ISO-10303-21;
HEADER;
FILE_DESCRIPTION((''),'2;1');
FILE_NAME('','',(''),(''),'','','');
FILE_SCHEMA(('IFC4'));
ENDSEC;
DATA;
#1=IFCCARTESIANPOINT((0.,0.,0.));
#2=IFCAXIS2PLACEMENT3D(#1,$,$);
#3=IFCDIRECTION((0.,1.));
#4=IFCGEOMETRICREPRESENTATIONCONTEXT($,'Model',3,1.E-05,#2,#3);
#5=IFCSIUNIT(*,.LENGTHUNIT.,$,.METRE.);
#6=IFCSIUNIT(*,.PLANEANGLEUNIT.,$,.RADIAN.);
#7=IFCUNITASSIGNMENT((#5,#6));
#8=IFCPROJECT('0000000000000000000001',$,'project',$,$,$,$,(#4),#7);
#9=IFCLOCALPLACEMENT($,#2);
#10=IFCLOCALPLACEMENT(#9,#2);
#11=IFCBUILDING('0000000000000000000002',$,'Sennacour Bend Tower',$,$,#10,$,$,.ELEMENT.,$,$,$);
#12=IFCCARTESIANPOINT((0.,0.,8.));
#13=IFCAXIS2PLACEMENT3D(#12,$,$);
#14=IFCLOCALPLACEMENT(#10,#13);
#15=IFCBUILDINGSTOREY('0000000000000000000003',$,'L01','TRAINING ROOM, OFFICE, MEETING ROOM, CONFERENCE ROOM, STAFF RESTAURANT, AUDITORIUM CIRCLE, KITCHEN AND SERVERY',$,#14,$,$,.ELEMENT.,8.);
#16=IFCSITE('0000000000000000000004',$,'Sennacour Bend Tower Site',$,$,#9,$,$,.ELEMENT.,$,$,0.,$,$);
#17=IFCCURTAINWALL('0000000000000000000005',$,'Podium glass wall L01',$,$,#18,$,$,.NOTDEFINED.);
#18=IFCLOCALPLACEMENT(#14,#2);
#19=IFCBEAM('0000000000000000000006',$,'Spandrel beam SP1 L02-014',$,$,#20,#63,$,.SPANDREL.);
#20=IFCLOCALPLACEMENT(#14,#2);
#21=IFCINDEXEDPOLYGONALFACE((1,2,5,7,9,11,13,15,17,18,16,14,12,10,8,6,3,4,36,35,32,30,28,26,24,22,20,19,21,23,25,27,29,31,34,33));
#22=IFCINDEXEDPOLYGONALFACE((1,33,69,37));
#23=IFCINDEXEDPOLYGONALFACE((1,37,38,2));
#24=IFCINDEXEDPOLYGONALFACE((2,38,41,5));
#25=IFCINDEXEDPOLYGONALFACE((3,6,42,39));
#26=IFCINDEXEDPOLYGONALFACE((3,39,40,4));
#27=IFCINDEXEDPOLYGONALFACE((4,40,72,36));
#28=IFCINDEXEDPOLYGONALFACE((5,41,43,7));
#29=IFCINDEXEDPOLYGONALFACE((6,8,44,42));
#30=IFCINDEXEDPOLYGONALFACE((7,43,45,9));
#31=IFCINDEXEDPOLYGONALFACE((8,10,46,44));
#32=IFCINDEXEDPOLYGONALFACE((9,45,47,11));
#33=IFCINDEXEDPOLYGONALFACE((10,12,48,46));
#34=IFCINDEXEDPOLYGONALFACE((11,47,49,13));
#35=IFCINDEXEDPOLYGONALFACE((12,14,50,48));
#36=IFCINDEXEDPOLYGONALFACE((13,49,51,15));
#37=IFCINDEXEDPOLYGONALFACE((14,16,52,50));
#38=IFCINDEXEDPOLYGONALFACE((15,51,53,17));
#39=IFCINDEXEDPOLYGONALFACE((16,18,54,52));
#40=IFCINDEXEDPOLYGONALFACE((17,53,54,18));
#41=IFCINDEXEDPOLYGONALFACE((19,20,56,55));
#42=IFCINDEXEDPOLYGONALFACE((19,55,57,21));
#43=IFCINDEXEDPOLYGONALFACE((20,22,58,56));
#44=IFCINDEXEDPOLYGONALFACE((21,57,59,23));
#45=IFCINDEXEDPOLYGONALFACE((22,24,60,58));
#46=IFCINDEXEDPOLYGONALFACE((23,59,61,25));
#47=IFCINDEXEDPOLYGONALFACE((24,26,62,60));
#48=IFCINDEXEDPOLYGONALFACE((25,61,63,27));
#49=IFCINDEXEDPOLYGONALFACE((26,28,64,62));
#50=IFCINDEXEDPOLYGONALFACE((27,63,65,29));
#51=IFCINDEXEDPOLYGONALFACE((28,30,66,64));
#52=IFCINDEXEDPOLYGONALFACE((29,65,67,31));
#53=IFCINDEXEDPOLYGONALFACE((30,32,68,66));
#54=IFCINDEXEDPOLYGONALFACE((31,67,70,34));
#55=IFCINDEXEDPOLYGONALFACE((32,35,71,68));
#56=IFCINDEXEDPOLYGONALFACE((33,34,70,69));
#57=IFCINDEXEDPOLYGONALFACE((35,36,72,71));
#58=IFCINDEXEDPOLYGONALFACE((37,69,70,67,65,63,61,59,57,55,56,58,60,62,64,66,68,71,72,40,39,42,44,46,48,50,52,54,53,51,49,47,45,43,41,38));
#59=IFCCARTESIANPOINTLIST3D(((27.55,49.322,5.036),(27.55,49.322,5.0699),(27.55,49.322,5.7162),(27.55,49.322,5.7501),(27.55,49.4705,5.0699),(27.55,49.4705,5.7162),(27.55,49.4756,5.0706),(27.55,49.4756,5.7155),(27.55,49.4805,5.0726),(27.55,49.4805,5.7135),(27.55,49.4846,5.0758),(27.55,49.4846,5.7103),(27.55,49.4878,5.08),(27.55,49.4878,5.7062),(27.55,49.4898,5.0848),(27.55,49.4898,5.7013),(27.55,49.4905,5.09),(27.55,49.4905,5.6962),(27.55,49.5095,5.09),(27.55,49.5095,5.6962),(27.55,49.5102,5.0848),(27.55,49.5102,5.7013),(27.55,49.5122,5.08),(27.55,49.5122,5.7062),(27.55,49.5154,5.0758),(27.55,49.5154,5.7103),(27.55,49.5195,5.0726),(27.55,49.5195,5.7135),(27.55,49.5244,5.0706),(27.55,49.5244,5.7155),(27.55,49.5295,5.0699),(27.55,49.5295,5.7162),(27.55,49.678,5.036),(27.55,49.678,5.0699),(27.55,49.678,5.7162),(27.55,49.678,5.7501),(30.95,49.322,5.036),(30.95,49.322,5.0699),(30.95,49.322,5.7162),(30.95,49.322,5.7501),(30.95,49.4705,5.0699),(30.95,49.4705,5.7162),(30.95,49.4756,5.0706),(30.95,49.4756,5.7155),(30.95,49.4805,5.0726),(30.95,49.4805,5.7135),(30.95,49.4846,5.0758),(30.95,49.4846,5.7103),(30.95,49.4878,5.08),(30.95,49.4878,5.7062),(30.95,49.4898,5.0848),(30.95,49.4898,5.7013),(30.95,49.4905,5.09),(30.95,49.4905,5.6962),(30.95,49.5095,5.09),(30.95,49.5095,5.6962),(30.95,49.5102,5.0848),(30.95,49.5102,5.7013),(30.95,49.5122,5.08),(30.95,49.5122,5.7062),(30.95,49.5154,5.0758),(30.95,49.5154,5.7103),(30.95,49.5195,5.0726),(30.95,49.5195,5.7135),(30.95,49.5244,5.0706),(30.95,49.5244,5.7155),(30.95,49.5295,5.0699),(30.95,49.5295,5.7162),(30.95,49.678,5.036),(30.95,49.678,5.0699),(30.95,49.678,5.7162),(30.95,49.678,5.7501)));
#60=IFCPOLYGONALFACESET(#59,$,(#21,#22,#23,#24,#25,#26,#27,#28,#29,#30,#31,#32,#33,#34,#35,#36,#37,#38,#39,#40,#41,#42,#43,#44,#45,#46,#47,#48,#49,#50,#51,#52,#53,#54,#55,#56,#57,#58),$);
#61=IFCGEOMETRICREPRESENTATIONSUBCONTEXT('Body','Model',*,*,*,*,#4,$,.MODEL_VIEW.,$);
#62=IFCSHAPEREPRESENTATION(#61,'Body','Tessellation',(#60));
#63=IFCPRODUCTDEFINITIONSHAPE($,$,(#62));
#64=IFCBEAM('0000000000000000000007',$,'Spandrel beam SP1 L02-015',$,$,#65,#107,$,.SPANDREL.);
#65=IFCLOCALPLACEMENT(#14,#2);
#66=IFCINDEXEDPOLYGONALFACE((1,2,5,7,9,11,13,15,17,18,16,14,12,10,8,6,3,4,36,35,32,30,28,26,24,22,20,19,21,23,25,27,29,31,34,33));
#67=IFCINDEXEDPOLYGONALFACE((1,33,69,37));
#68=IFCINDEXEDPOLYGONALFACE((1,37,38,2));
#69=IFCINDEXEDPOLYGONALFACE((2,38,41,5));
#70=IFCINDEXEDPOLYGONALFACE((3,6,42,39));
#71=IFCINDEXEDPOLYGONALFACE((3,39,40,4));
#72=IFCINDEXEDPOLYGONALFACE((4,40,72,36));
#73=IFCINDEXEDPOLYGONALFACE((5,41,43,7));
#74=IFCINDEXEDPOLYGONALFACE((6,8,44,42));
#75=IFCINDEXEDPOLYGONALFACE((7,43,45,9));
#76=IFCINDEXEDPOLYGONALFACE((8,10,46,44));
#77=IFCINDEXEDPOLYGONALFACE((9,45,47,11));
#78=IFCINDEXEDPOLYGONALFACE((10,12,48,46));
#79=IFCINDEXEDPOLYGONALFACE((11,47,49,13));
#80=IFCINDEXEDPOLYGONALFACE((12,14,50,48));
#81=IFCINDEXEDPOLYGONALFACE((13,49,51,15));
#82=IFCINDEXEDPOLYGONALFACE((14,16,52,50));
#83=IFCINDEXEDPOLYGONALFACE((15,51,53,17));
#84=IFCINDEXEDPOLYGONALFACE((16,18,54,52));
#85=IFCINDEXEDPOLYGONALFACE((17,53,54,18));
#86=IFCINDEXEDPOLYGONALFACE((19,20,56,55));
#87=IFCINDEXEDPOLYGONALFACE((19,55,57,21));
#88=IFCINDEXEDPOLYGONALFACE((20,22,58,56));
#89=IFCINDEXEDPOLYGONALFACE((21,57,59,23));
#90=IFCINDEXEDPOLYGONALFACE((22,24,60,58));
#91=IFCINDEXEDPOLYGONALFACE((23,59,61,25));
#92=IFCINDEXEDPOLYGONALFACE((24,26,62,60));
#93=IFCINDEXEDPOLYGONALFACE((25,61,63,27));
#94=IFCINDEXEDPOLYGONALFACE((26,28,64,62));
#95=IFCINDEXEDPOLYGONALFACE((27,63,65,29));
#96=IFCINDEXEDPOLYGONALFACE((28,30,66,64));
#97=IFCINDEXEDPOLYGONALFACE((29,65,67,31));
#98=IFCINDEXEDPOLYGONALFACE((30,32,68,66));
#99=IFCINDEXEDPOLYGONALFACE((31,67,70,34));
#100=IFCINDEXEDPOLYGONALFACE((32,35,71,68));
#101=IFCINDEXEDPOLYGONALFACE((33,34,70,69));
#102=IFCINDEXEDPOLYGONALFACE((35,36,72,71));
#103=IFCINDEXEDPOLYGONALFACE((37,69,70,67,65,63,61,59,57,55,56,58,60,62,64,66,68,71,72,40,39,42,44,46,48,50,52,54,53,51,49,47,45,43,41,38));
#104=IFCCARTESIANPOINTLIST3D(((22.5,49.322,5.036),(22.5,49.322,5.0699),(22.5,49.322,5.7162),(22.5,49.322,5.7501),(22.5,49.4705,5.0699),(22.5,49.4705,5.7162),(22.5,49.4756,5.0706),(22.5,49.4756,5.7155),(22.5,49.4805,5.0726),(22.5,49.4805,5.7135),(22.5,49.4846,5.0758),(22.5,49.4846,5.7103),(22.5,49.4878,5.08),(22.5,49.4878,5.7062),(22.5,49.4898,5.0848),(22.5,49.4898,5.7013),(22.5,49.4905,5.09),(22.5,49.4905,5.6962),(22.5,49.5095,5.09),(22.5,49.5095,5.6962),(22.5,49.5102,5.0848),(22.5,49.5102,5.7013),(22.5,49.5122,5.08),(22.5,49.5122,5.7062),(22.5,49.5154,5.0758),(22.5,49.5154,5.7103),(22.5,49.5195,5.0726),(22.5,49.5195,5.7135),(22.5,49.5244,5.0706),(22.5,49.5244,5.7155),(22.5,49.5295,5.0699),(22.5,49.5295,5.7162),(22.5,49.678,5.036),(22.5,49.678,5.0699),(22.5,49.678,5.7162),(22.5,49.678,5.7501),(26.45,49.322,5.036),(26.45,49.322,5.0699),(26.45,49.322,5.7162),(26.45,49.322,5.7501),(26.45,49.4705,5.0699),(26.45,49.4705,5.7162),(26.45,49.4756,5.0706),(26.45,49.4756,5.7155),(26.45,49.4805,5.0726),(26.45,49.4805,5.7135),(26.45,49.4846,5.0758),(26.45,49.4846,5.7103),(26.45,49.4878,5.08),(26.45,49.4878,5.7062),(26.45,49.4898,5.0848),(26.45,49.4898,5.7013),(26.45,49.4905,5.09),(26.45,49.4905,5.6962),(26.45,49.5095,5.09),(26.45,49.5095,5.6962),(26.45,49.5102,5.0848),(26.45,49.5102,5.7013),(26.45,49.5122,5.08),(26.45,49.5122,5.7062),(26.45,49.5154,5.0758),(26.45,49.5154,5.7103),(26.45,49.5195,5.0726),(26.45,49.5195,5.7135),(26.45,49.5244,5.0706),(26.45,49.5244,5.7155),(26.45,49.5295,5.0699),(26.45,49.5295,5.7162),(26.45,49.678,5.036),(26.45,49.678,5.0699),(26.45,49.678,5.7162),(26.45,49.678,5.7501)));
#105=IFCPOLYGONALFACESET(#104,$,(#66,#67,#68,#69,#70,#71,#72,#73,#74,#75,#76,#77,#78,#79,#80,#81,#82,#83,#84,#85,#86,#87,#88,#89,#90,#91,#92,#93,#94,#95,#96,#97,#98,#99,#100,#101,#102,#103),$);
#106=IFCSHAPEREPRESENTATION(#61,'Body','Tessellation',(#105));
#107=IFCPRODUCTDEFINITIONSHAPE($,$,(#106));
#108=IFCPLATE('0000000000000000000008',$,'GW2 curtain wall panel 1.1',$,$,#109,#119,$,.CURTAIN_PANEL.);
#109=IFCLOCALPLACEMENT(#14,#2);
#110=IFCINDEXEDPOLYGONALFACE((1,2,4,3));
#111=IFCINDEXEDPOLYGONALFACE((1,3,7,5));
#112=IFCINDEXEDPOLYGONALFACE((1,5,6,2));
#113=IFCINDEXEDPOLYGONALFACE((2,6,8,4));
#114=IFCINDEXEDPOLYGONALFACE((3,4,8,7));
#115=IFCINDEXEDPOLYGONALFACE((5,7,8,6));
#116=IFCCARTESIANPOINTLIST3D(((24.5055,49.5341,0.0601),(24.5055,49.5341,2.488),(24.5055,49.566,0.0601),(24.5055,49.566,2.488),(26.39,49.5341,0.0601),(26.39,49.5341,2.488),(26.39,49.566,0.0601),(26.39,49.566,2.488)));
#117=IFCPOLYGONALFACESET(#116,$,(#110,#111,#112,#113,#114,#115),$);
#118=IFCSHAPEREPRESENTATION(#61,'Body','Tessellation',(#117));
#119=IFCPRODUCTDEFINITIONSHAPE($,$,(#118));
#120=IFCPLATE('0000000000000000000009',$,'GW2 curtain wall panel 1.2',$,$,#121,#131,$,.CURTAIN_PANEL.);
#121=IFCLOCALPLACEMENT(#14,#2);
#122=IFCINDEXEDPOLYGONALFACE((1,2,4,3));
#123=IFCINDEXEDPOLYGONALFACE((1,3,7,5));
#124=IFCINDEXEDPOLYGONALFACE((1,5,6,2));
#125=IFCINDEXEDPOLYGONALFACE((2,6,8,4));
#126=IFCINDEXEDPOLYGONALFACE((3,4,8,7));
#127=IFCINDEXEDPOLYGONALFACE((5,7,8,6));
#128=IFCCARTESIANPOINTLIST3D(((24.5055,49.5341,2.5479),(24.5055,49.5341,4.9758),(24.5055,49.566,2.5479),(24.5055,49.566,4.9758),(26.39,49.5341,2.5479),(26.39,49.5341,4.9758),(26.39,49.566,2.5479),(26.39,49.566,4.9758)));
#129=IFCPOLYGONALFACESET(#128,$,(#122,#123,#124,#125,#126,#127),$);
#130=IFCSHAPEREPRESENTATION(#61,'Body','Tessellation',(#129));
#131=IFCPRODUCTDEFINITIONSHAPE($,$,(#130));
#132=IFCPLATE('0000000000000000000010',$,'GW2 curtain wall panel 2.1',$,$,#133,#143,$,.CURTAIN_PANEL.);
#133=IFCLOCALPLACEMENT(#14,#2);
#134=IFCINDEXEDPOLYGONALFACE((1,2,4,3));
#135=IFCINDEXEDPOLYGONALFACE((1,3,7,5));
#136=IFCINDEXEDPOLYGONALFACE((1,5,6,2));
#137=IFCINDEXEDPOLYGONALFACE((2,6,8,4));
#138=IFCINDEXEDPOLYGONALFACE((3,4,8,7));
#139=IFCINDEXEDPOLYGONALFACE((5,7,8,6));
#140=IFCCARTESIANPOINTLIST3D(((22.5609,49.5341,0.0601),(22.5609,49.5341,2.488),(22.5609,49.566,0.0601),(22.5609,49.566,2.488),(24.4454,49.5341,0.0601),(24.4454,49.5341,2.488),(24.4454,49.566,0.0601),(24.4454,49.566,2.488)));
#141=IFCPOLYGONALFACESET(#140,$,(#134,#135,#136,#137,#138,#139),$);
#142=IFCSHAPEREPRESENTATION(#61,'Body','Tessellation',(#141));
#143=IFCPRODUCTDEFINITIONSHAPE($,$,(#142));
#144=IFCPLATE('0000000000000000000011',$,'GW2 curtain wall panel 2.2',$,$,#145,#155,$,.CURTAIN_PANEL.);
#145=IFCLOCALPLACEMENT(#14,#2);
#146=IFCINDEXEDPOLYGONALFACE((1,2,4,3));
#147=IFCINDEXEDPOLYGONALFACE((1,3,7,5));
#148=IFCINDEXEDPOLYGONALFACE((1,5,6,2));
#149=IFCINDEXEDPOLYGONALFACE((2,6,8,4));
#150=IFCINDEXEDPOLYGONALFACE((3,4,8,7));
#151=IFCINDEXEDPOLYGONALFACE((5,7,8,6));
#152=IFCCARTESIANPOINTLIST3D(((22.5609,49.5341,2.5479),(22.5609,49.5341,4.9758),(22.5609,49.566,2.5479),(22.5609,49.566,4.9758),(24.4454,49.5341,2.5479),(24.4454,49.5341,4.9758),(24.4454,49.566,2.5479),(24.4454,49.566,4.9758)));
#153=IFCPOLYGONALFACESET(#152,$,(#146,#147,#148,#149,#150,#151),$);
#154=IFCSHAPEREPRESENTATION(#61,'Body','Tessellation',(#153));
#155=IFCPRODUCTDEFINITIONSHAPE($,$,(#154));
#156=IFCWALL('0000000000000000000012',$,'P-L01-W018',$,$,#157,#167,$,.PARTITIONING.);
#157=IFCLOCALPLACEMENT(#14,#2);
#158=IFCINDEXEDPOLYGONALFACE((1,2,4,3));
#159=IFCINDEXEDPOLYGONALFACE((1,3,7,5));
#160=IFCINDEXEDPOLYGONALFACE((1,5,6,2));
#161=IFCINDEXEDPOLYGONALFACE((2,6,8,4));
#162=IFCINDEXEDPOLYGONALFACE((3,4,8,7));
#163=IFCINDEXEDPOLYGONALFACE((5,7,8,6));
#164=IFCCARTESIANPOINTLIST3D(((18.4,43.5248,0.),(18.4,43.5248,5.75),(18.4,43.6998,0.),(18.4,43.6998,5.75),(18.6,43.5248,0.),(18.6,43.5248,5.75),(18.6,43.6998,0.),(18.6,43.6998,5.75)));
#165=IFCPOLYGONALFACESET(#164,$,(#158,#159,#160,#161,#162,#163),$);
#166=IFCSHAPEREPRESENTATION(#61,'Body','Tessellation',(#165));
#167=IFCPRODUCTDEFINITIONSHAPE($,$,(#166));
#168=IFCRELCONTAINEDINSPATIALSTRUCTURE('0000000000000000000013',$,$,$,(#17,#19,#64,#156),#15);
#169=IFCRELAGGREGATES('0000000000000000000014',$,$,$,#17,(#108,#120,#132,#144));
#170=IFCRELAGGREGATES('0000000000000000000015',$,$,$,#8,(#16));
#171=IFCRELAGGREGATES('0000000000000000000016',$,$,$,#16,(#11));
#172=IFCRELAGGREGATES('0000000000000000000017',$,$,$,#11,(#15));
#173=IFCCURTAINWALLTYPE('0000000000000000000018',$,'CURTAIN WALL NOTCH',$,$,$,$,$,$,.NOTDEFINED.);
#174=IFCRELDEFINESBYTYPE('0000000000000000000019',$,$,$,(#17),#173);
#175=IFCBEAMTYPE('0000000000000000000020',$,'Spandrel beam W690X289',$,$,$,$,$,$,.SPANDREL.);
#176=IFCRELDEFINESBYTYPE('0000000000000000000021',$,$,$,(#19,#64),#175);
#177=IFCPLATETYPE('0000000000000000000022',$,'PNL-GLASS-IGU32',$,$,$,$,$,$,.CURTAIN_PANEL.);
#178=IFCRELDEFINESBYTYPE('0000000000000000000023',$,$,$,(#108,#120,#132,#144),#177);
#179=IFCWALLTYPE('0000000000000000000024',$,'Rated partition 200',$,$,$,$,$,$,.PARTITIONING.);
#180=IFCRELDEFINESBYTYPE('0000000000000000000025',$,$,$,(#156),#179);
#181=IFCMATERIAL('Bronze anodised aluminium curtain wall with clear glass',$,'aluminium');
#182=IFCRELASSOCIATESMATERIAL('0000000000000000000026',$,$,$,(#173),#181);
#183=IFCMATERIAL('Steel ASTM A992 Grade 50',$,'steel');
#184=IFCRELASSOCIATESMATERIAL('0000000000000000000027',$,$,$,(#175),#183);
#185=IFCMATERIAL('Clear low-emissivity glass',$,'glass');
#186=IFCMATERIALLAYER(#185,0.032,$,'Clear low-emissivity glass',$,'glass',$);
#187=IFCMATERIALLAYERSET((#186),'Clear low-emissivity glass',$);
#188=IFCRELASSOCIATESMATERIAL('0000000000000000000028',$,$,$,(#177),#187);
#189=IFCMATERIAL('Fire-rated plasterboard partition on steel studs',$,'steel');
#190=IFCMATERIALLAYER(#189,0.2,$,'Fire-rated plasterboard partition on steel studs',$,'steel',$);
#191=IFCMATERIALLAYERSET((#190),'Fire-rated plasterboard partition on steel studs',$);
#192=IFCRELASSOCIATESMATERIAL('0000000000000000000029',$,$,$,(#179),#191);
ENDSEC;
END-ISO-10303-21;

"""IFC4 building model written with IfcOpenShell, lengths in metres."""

from ifc_helpers import new_model, si_unit, direction, frame, frame_2d, origin, origin_2d, place, context, subcontext, project, spatial, rectangle, i_section, extrude, material, layer, layer_set, material_profile, profile_set, type_object, element, aggregate, save


model = new_model("IFC4")

# Units and contexts
model_context = context("Model", 3, precision=1e-05, world=origin(), true_north=direction((0.0, 1.0)))
body_context = subcontext(model_context, "Body", "Model", "MODEL_VIEW")
ifc_project = project(units=[si_unit("LENGTHUNIT", "METRE"), si_unit("PLANEANGLEUNIT", "RADIAN")], contexts=[model_context])

# Site, building, storey
site_placement = place(None, origin())
site = spatial("IfcSite", under=ifc_project, at=site_placement, Name="Sennacour Bend Tower Site", CompositionType="ELEMENT", RefElevation=0.0)
building_placement = place(site_placement, origin())
building = spatial("IfcBuilding", under=site, at=building_placement, Name="Sennacour Bend Tower", CompositionType="ELEMENT")
storey_placement = place(building_placement, frame((0.0, 0.0, 8.0)))
storey = spatial("IfcBuildingStorey", under=building, at=storey_placement, Name="L01", Description="TRAINING ROOM, OFFICE, MEETING ROOM, CONFERENCE ROOM, STAFF RESTAURANT, AUDITORIUM CIRCLE, KITCHEN AND SERVERY", CompositionType="ELEMENT", Elevation=8.0)

# Curtain wall
ifc_material_1 = material(Name="Bronze anodised aluminium curtain wall with clear glass", Category="aluminium")
curtain_wall_type = type_object("IfcCurtainWallType", Name="CURTAIN WALL NOTCH", PredefinedType="NOTDEFINED", material=ifc_material_1)
curtain_wall_placement = place(storey_placement, origin())
curtain_wall = element("IfcCurtainWall", 1, at=curtain_wall_placement, inside=storey, type_object=curtain_wall_type, Name="Podium glass wall L01", PredefinedType="NOTDEFINED")

# Beams
ifc_material_2 = material(Name="Steel ASTM A992 Grade 50", Category="steel")
ifc_material_profile_1 = material_profile(ifc_material_2, i_section(OverallWidth=0.356, OverallDepth=0.7141, WebThickness=0.019, FlangeThickness=0.0339, FilletRadius=0.02, at=origin_2d()), Name="Steel ASTM A992 Grade 50", Category="steel")
ifc_profile_set_1 = profile_set([ifc_material_profile_1], Name="Steel ASTM A992 Grade 50")
beam_type = type_object("IfcBeamType", Name="Spandrel beam W690X289", PredefinedType="SPANDREL", material=ifc_profile_set_1)
beam_1_placement = place(storey_placement, frame((30.95, 49.5, 5.3931), z_axis=(-1.0, 0.0, 0.0), x_axis=(0.0, -1.0, 0.0)))
element("IfcBeam", 2, at=beam_1_placement, inside=storey, type_object=beam_type, Name="Spandrel beam SP1 L02-014", PredefinedType="SPANDREL", context=body_context, shape_type="SweptSolid", body=[
    extrude(i_section(OverallWidth=0.356, OverallDepth=0.7141, WebThickness=0.019, FlangeThickness=0.0339, FilletRadius=0.02, at=origin_2d()), origin(), (0.0, 0.0, 1.0), 3.3999),
])
beam_2_placement = place(storey_placement, frame((26.45, 49.5, 5.3931), z_axis=(-1.0, 0.0, 0.0), x_axis=(0.0, -1.0, 0.0)))
element("IfcBeam", 3, at=beam_2_placement, inside=storey, type_object=beam_type, Name="Spandrel beam SP1 L02-015", PredefinedType="SPANDREL", context=body_context, shape_type="SweptSolid", body=[
    extrude(i_section(OverallWidth=0.356, OverallDepth=0.7141, WebThickness=0.019, FlangeThickness=0.0339, FilletRadius=0.02, at=origin_2d()), origin(), (0.0, 0.0, 1.0), 3.95),
])

# Plates
ifc_material_3 = material(Name="Clear low-emissivity glass", Category="glass")
ifc_layer_1 = layer(ifc_material_3, 0.032, Name="Clear low-emissivity glass", Category="glass")
ifc_layer_set_1 = layer_set([ifc_layer_1], Name="Clear low-emissivity glass")
plate_type = type_object("IfcPlateType", Name="PNL-GLASS-IGU32", PredefinedType="CURTAIN_PANEL", material=ifc_layer_set_1)
plate_1_placement = place(storey_placement, frame((25.4478, 49.55, 0.0601), z_axis=(0.0, 0.0, 1.0), x_axis=(-1.0, 0.0, 0.0)))
plate_1 = element("IfcPlate", 4, at=plate_1_placement, type_object=plate_type, Name="GW2 curtain wall panel 1.1", PredefinedType="CURTAIN_PANEL", context=body_context, shape_type="SweptSolid", body=[
    extrude(rectangle(XDim=1.8845, YDim=0.032, at=origin_2d()), origin(), (0.0, 0.0, 1.0), 2.428),
])
plate_2_placement = place(storey_placement, frame((25.4478, 49.55, 2.5479), z_axis=(0.0, 0.0, 1.0), x_axis=(-1.0, 0.0, 0.0)))
plate_2 = element("IfcPlate", 5, at=plate_2_placement, type_object=plate_type, Name="GW2 curtain wall panel 1.2", PredefinedType="CURTAIN_PANEL", context=body_context, shape_type="SweptSolid", body=[
    extrude(rectangle(XDim=1.8845, YDim=0.032, at=origin_2d()), origin(), (0.0, 0.0, 1.0), 2.428),
])
plate_3_placement = place(storey_placement, frame((23.5032, 49.55, 0.0601), z_axis=(0.0, 0.0, 1.0), x_axis=(-1.0, 0.0, 0.0)))
plate_3 = element("IfcPlate", 6, at=plate_3_placement, type_object=plate_type, Name="GW2 curtain wall panel 2.1", PredefinedType="CURTAIN_PANEL", context=body_context, shape_type="SweptSolid", body=[
    extrude(rectangle(XDim=1.8845, YDim=0.032, at=origin_2d()), origin(), (0.0, 0.0, 1.0), 2.428),
])
plate_4_placement = place(storey_placement, frame((23.5032, 49.55, 2.5479), z_axis=(0.0, 0.0, 1.0), x_axis=(-1.0, 0.0, 0.0)))
plate_4 = element("IfcPlate", 7, at=plate_4_placement, type_object=plate_type, Name="GW2 curtain wall panel 2.2", PredefinedType="CURTAIN_PANEL", context=body_context, shape_type="SweptSolid", body=[
    extrude(rectangle(XDim=1.8845, YDim=0.032, at=origin_2d()), origin(), (0.0, 0.0, 1.0), 2.428),
])
aggregate(curtain_wall, [plate_1, plate_2, plate_3, plate_4])

# Wall
ifc_material_4 = material(Name="Fire-rated plasterboard partition on steel studs", Category="steel")
ifc_layer_2 = layer(ifc_material_4, 0.2, Name="Fire-rated plasterboard partition on steel studs", Category="steel")
ifc_layer_set_2 = layer_set([ifc_layer_2], Name="Fire-rated plasterboard partition on steel studs")
wall_type_1 = type_object("IfcWallType", Name="Rated partition 200", PredefinedType="PARTITIONING", material=ifc_layer_set_2)
wall_1_placement = place(storey_placement, frame((18.5, 43.5249, 0.0), z_axis=(0.0, 0.0, 1.0), x_axis=(0.0, 1.0, 0.0)))
element("IfcWall", 8, at=wall_1_placement, inside=storey, type_object=wall_type_1, Name="P-L01-W018", PredefinedType="PARTITIONING", context=body_context, shape_type="SweptSolid", body=[
    extrude(rectangle(XDim=0.175, YDim=0.2, at=frame_2d((0.0874, 0.0))), origin(), (0.0, 0.0, 1.0), 5.75),
])

save(model, "model.ifc")
